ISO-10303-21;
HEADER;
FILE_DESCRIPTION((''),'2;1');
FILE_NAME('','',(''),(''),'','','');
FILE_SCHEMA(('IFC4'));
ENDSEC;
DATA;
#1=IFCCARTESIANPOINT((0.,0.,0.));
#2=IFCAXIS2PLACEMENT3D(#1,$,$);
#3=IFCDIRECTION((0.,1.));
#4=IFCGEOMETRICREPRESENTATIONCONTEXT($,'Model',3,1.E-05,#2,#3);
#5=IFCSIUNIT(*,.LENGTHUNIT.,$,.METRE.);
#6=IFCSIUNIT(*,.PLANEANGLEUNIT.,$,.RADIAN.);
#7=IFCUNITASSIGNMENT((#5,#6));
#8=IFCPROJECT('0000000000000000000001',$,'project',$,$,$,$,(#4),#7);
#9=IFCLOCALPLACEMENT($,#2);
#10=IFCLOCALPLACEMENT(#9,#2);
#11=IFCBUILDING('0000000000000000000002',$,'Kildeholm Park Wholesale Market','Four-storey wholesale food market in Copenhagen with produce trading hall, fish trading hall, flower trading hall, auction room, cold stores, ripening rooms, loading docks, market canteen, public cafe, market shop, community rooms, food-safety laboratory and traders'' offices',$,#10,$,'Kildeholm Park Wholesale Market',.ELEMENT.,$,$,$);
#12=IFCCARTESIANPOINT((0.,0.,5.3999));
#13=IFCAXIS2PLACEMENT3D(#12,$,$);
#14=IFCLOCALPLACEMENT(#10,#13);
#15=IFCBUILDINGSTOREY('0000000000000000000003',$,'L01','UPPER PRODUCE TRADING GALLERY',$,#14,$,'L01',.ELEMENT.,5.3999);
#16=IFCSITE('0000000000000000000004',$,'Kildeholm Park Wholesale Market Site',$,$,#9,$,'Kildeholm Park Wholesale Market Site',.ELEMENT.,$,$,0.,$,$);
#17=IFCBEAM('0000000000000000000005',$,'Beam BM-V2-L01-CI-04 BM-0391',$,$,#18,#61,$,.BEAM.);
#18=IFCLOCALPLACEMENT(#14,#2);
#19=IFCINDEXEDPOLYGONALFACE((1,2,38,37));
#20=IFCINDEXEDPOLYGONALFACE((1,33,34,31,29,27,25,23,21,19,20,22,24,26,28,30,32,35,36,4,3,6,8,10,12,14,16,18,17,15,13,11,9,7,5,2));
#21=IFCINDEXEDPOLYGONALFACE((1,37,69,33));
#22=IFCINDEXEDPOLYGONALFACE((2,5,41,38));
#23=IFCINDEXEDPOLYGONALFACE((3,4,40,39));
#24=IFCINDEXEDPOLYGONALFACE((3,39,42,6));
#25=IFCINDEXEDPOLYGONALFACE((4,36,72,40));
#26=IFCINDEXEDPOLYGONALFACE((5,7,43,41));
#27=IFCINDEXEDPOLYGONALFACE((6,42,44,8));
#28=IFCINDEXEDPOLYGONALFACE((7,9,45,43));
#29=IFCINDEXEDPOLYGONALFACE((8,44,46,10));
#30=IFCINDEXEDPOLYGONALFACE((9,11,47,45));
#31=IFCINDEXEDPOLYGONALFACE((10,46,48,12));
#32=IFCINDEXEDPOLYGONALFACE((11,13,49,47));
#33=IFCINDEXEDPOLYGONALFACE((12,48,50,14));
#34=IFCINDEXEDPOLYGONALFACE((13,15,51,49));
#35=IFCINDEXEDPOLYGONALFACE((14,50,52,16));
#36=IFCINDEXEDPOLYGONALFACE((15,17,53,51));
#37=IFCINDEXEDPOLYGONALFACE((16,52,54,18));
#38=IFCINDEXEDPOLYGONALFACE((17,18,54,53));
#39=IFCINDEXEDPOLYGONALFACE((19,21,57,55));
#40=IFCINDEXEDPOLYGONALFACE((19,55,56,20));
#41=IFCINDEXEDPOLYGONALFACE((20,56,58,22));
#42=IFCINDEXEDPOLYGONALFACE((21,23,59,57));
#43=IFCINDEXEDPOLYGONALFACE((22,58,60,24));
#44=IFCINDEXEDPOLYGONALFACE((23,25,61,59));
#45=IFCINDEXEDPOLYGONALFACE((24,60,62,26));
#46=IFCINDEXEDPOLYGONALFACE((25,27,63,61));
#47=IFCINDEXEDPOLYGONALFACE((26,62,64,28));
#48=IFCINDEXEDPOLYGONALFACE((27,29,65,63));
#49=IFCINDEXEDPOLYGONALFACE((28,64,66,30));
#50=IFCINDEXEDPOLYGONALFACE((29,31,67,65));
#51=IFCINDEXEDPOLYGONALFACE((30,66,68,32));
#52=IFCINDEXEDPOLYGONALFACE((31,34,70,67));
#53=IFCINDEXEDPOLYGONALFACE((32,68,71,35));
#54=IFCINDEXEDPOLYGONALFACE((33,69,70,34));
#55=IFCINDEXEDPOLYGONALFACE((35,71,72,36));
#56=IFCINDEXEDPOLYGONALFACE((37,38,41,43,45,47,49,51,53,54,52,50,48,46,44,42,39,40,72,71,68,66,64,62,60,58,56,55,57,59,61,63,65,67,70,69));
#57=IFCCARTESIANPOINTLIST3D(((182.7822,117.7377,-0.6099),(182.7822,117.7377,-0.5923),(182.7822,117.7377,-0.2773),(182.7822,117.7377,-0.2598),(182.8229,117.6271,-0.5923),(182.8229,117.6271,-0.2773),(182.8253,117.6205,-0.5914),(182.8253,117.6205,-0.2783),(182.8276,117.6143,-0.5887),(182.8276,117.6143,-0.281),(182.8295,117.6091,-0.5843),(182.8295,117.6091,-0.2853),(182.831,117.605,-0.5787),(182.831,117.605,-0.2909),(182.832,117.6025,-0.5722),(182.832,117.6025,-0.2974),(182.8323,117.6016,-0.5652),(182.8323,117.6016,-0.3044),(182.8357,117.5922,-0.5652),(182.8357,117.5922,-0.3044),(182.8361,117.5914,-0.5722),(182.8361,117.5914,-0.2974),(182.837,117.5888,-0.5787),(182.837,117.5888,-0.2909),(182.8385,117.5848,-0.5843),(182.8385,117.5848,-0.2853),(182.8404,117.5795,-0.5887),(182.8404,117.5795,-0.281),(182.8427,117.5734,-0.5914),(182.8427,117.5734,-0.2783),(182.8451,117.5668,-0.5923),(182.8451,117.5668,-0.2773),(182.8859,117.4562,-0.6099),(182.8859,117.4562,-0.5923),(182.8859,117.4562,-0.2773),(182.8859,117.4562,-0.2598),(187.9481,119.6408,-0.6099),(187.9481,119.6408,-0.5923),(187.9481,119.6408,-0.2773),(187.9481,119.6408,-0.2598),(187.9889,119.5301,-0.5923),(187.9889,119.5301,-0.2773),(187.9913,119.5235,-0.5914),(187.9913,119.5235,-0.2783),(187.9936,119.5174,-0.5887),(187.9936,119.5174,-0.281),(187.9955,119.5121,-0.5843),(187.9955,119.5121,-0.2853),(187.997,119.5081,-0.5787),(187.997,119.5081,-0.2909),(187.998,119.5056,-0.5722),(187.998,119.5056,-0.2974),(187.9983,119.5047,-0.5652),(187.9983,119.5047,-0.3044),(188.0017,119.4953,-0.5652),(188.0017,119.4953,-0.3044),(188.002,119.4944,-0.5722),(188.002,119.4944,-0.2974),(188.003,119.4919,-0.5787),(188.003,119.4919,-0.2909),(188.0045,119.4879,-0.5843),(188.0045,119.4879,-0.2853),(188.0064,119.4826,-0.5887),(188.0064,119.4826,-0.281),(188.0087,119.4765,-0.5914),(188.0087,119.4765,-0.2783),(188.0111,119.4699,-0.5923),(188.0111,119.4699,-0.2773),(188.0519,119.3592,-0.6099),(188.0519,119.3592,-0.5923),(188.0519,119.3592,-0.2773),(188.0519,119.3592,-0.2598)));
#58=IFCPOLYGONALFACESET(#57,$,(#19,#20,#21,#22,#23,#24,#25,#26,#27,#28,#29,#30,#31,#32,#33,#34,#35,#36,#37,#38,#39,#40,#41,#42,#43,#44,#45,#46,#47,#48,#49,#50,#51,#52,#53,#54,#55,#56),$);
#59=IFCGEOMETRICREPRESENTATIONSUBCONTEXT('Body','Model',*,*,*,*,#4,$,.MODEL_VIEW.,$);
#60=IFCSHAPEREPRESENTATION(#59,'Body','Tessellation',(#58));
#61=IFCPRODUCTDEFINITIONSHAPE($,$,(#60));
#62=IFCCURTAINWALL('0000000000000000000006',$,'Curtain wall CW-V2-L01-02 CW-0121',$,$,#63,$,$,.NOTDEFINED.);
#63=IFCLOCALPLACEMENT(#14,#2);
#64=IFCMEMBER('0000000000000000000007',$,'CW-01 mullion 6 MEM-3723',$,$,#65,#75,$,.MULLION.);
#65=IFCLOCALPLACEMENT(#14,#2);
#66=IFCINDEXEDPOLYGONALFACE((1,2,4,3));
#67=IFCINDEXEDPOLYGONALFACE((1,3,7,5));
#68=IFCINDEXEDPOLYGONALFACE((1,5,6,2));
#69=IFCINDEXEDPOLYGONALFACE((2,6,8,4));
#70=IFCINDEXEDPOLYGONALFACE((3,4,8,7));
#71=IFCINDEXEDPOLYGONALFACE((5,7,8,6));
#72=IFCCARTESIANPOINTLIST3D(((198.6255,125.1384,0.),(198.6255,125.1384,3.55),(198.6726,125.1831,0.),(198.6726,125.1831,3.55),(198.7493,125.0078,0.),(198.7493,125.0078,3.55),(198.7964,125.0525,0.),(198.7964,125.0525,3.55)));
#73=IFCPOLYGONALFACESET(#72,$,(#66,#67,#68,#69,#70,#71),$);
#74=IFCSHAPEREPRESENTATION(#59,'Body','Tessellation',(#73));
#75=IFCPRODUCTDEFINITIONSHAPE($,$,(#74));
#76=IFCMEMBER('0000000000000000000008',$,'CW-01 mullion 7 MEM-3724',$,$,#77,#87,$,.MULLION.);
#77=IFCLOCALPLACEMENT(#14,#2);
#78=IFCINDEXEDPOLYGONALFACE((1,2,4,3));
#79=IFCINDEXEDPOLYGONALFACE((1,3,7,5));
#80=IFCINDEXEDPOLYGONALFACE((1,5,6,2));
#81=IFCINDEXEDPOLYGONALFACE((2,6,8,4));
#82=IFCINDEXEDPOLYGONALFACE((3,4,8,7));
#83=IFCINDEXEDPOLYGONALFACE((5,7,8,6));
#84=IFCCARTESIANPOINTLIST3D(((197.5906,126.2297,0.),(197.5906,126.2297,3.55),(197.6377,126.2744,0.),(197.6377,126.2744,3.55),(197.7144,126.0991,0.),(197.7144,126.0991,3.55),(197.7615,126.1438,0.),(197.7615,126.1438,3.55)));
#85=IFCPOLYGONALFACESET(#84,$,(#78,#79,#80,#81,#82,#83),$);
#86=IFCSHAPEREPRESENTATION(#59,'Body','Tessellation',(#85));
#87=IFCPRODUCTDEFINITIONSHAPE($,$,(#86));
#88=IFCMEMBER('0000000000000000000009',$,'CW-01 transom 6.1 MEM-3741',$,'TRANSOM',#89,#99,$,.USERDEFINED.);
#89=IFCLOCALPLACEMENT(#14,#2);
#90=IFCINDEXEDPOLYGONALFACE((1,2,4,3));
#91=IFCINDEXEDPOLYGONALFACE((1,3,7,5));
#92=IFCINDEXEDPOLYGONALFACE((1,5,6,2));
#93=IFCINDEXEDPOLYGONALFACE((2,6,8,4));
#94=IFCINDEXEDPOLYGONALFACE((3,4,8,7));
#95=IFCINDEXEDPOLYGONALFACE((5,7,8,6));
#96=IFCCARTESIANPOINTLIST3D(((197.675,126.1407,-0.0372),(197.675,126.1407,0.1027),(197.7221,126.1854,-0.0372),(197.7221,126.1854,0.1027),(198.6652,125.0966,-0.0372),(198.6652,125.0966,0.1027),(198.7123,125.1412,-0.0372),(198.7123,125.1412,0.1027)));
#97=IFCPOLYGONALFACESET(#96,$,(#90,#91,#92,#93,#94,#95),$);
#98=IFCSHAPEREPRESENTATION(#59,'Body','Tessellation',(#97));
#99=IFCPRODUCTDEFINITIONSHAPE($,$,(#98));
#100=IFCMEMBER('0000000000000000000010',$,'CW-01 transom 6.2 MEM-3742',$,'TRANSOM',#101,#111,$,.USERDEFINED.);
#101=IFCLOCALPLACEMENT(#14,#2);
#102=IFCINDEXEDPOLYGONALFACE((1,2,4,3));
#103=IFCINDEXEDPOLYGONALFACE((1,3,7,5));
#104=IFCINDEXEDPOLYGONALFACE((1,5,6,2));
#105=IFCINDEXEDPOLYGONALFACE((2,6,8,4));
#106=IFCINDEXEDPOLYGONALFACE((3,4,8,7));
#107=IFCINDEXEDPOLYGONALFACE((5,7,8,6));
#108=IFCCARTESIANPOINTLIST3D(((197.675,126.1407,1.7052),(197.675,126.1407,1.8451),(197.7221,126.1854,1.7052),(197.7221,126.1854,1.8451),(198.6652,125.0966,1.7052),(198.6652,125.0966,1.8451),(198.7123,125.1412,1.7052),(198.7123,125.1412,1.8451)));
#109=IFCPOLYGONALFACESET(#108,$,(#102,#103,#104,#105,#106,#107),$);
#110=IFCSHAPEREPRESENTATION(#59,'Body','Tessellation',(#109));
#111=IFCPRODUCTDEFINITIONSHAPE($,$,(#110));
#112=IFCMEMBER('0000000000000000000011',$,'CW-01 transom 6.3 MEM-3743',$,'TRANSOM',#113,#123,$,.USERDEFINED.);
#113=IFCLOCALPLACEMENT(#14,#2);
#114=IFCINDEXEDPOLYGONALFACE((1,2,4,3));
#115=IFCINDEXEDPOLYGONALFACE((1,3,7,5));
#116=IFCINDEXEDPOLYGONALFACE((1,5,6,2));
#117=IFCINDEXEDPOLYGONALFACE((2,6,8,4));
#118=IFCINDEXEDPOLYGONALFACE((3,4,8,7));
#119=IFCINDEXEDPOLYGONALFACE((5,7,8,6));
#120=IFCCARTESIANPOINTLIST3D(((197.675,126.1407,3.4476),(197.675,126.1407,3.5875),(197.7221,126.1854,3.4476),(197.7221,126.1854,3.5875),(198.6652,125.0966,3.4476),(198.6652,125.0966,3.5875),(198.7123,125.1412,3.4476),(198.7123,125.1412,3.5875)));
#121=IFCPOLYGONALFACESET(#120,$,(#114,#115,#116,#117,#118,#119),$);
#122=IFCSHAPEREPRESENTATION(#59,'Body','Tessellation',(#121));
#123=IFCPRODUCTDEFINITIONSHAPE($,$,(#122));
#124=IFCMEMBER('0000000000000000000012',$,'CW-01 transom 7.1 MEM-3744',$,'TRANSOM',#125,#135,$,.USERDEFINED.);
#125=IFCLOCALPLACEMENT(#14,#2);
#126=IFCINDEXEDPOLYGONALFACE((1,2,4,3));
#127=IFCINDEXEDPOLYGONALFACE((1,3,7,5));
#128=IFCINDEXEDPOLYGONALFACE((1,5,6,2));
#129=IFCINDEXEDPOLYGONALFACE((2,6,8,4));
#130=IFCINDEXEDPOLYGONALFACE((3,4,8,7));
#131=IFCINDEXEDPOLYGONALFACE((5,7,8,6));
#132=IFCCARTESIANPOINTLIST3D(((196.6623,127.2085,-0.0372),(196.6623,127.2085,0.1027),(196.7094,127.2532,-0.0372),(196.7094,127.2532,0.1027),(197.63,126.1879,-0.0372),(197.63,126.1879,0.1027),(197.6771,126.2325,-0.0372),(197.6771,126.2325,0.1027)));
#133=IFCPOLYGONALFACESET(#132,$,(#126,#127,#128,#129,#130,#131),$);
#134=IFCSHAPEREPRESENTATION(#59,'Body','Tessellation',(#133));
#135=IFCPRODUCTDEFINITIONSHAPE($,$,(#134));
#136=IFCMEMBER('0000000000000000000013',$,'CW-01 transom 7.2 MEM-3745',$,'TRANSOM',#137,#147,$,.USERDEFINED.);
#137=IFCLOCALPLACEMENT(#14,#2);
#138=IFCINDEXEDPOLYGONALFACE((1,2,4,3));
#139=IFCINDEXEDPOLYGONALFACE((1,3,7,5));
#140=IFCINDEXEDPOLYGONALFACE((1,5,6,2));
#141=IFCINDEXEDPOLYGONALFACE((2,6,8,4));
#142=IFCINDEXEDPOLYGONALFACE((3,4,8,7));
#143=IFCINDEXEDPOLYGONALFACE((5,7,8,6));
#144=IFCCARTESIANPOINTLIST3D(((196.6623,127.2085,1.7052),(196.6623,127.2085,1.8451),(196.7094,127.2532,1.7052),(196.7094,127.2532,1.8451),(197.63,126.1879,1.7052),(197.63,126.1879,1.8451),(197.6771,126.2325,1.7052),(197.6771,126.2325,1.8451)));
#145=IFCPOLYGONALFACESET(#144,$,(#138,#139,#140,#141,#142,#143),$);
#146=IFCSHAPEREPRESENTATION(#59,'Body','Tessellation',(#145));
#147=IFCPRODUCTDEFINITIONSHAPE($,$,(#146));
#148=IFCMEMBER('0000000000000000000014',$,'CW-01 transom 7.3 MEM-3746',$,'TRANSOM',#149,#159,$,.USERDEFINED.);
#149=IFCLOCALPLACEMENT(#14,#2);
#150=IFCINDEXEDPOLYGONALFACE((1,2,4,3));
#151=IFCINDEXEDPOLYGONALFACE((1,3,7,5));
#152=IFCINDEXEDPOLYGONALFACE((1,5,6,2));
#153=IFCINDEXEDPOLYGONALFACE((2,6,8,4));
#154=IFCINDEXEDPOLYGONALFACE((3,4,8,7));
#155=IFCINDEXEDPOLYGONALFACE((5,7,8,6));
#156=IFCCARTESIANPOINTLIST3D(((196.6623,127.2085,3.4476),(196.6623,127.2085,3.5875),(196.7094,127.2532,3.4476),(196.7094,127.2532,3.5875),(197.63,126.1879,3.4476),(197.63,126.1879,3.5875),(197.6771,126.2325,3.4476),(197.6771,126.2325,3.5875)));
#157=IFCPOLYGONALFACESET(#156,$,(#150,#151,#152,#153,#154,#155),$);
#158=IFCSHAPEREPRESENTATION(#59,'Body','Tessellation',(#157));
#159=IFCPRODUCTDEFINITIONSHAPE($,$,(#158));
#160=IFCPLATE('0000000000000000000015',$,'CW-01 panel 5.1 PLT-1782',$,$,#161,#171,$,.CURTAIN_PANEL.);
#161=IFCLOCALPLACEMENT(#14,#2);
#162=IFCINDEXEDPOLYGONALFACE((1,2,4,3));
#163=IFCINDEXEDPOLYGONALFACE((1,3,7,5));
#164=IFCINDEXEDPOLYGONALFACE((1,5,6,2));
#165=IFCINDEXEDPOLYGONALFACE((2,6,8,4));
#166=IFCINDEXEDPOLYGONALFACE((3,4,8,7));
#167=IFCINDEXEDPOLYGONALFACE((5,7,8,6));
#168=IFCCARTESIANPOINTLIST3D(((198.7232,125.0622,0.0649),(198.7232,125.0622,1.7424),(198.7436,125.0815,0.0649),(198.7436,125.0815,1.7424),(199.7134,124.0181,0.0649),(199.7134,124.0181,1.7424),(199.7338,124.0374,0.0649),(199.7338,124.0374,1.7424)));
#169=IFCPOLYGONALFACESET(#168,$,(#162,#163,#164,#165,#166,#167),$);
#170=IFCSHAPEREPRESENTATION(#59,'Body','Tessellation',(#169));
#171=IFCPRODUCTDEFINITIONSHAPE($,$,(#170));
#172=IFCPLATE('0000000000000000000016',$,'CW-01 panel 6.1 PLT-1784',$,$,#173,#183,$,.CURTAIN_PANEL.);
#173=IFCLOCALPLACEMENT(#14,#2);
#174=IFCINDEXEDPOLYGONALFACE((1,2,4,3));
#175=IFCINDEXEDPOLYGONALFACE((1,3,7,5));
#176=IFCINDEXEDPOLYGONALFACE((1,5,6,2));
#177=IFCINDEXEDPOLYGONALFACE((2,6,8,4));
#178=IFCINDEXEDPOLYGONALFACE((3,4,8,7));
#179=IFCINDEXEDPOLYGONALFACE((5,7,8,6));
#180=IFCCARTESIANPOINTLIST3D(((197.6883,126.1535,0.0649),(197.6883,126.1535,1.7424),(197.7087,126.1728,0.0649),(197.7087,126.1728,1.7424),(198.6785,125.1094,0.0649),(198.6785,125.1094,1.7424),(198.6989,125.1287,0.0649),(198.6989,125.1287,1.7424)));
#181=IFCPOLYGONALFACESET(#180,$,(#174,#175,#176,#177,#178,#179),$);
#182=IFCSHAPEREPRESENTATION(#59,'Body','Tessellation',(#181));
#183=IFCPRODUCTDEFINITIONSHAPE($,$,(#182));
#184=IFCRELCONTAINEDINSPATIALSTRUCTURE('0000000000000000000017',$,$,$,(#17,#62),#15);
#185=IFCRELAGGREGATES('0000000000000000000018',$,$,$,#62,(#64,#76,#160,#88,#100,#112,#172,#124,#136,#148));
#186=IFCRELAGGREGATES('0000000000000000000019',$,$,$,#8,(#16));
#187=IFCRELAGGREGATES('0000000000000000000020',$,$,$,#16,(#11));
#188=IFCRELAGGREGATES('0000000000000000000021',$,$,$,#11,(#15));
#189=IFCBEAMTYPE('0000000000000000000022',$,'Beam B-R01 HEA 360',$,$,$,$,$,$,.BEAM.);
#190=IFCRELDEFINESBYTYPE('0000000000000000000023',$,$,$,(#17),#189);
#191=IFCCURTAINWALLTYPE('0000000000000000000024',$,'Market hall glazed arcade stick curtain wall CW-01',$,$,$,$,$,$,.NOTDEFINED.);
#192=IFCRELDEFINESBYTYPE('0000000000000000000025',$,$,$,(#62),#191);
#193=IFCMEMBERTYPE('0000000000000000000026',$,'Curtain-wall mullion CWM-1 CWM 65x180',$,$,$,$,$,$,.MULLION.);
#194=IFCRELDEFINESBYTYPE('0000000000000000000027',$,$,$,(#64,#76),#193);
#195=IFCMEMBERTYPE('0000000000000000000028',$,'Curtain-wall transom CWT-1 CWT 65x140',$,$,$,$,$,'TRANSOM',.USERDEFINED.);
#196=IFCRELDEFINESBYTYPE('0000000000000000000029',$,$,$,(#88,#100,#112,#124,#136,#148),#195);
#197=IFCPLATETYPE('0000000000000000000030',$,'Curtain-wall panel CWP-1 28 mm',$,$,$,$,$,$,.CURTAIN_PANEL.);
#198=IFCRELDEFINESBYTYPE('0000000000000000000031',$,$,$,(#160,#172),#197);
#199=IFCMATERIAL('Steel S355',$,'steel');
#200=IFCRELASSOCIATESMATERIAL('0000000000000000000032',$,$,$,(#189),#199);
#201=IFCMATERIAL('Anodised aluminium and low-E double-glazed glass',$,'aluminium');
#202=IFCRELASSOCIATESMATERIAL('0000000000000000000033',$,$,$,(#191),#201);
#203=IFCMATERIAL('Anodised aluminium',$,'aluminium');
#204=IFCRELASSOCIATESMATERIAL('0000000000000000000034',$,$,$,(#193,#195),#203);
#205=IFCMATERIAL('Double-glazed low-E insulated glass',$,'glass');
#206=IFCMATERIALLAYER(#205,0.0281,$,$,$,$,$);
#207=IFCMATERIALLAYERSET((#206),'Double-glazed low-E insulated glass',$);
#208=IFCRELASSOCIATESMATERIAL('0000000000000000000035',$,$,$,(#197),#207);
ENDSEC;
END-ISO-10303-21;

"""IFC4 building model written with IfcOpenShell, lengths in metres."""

from ifc_helpers import new_model, si_unit, direction, frame, origin, origin_2d, place, context, subcontext, project, spatial, rectangle, i_section, extrude, material, layer, layer_set, material_profile, profile_set, type_object, element, aggregate, save


model = new_model("IFC4")

# Units and contexts
model_context = context("Model", 3, precision=1e-05, world=origin(), true_north=direction((0.0, 1.0)))
body_context = subcontext(model_context, "Body", "Model", "MODEL_VIEW")
ifc_project = project(units=[si_unit("LENGTHUNIT", "METRE"), si_unit("PLANEANGLEUNIT", "RADIAN")], contexts=[model_context])

# Site, building, storey
site_placement = place(None, origin())
site = spatial("IfcSite", under=ifc_project, at=site_placement, Name="Kildeholm Park Wholesale Market Site", LongName="Kildeholm Park Wholesale Market Site", CompositionType="ELEMENT", RefElevation=0.0)
building_placement = place(site_placement, origin())
building = spatial("IfcBuilding", under=site, at=building_placement, Name="Kildeholm Park Wholesale Market", Description="Four-storey wholesale food market in Copenhagen with produce trading hall, fish trading hall, flower trading hall, auction room, cold stores, ripening rooms, loading docks, market canteen, public cafe, market shop, community rooms, food-safety laboratory and traders' offices", LongName="Kildeholm Park Wholesale Market", CompositionType="ELEMENT")
storey_placement = place(building_placement, frame((0.0, 0.0, 5.3999)))
storey = spatial("IfcBuildingStorey", under=building, at=storey_placement, Name="L01", Description="UPPER PRODUCE TRADING GALLERY", LongName="L01", CompositionType="ELEMENT", Elevation=5.3999)

# Shared definitions
ifc_material_1 = material(Name="Steel S355", Category="steel")

# Beam
ifc_material_profile_1 = material_profile(ifc_material_1, i_section(OverallWidth=0.3, OverallDepth=0.3501, WebThickness=0.01, FlangeThickness=0.0176, FilletRadius=0.0271, at=origin_2d()), Name="HEA 360")
ifc_profile_set_1 = profile_set([ifc_material_profile_1], Name="Steel S355")
beam_type_1 = type_object("IfcBeamType", Name="Beam B-R01 HEA 360", PredefinedType="BEAM", material=ifc_profile_set_1)
for number, where, z_axis, x_axis, name in (
    (1, (188.0, 119.5, -0.4348), (-0.938354, -0.345675, 0.0), (0.345675, -0.938354, 0.0), "Beam BM-V2-L01-CI-04 BM-0391"),
):
    element("IfcBeam", number, at=place(storey_placement, frame(where, z_axis=z_axis, x_axis=x_axis)), inside=storey, type_object=beam_type_1, Name=name, PredefinedType="BEAM", context=body_context, shape_type="SweptSolid", body=[
        extrude(i_section(OverallWidth=0.3, OverallDepth=0.3501, WebThickness=0.01, FlangeThickness=0.0176, FilletRadius=0.0271, at=origin_2d()), origin(), (0.0, 0.0, 1.0), 5.5054),
    ])

# Curtain wall, members, plates
ifc_material_2 = material(Name="Anodised aluminium and low-E double-glazed glass", Category="aluminium")
curtain_wall_type = type_object("IfcCurtainWallType", Name="Market hall glazed arcade stick curtain wall CW-01", PredefinedType="NOTDEFINED", material=ifc_material_2)
curtain_wall_placement = place(storey_placement, origin())
curtain_wall = element("IfcCurtainWall", 2, at=curtain_wall_placement, inside=storey, type_object=curtain_wall_type, Name="Curtain wall CW-V2-L01-02 CW-0121", PredefinedType="NOTDEFINED")
ifc_material_3 = material(Name="Anodised aluminium", Category="aluminium")
ifc_material_profile_2 = material_profile(ifc_material_3, rectangle(XDim=0.0649, YDim=0.1799, at=origin_2d()), Name="CWM 65x180")
ifc_profile_set_2 = profile_set([ifc_material_profile_2], Name="Anodised aluminium")
member_type_1 = type_object("IfcMemberType", Name="Curtain-wall mullion CWM-1 CWM 65x180", PredefinedType="MULLION", material=ifc_profile_set_2)
member_1_placement = place(storey_placement, frame((198.7109, 125.0955, 0.0), z_axis=(0.0, 0.0, 1.0), x_axis=(-0.725571, -0.688148, 0.0)))
member_1 = element("IfcMember", 3, at=member_1_placement, type_object=member_type_1, Name="CW-01 mullion 6 MEM-3723", PredefinedType="MULLION", context=body_context, shape_type="SweptSolid", body=[
    extrude(rectangle(XDim=0.0649, YDim=0.1799, at=origin_2d()), origin(), (0.0, 0.0, 1.0), 3.55),
])
member_2_placement = place(storey_placement, frame((197.676, 126.1868, 0.0), z_axis=(0.0, 0.0, 1.0), x_axis=(-0.725571, -0.688148, 0.0)))
member_2 = element("IfcMember", 4, at=member_2_placement, type_object=member_type_1, Name="CW-01 mullion 7 MEM-3724", PredefinedType="MULLION", context=body_context, shape_type="SweptSolid", body=[
    extrude(rectangle(XDim=0.0649, YDim=0.1799, at=origin_2d()), origin(), (0.0, 0.0, 1.0), 3.55),
])
ifc_material_profile_3 = material_profile(ifc_material_3, rectangle(XDim=0.0649, YDim=0.1399, at=origin_2d()), Name="CWT 65x140")
ifc_profile_set_3 = profile_set([ifc_material_profile_3], Name="Anodised aluminium")
member_type_2 = type_object("IfcMemberType", Name="Curtain-wall transom CWT-1 CWT 65x140", ElementType="TRANSOM", PredefinedType="USERDEFINED", material=ifc_profile_set_3)
member_3_placement = place(storey_placement, frame((198.6887, 125.1189, 0.0327), z_axis=(-0.688112, 0.725605, 0.0), x_axis=(-0.725605, -0.688112, 0.0)))
member_3 = element("IfcMember", 5, at=member_3_placement, type_object=member_type_2, Name="CW-01 transom 6.1 MEM-3741", ObjectType="TRANSOM", PredefinedType="USERDEFINED", context=body_context, shape_type="SweptSolid", body=[
    extrude(rectangle(XDim=0.0649, YDim=0.1399, at=origin_2d()), origin(), (0.0, 0.0, 1.0), 1.439),
])
member_4_placement = place(storey_placement, frame((198.6887, 125.1189, 1.7751), z_axis=(-0.688112, 0.725605, 0.0), x_axis=(-0.725605, -0.688112, 0.0)))
member_4 = element("IfcMember", 6, at=member_4_placement, type_object=member_type_2, Name="CW-01 transom 6.2 MEM-3742", ObjectType="TRANSOM", PredefinedType="USERDEFINED", context=body_context, shape_type="SweptSolid", body=[
    extrude(rectangle(XDim=0.0649, YDim=0.1399, at=origin_2d()), origin(), (0.0, 0.0, 1.0), 1.439),
])
member_5_placement = place(storey_placement, frame((198.6887, 125.1189, 3.5176), z_axis=(-0.688112, 0.725605, 0.0), x_axis=(-0.725605, -0.688112, 0.0)))
member_5 = element("IfcMember", 7, at=member_5_placement, type_object=member_type_2, Name="CW-01 transom 6.3 MEM-3743", ObjectType="TRANSOM", PredefinedType="USERDEFINED", context=body_context, shape_type="SweptSolid", body=[
    extrude(rectangle(XDim=0.0649, YDim=0.1399, at=origin_2d()), origin(), (0.0, 0.0, 1.0), 1.439),
])
member_6_placement = place(storey_placement, frame((197.6536, 126.2102, 0.0327), z_axis=(-0.688024, 0.725688, 0.0), x_axis=(-0.725688, -0.688024, 0.0)))
member_6 = element("IfcMember", 8, at=member_6_placement, type_object=member_type_2, Name="CW-01 transom 7.1 MEM-3744", ObjectType="TRANSOM", PredefinedType="USERDEFINED", context=body_context, shape_type="SweptSolid", body=[
    extrude(rectangle(XDim=0.0649, YDim=0.1399, at=origin_2d()), origin(), (0.0, 0.0, 1.0), 1.4065),
])
member_7_placement = place(storey_placement, frame((197.6536, 126.2102, 1.7751), z_axis=(-0.688024, 0.725688, 0.0), x_axis=(-0.725688, -0.688024, 0.0)))
member_7 = element("IfcMember", 9, at=member_7_placement, type_object=member_type_2, Name="CW-01 transom 7.2 MEM-3745", ObjectType="TRANSOM", PredefinedType="USERDEFINED", context=body_context, shape_type="SweptSolid", body=[
    extrude(rectangle(XDim=0.0649, YDim=0.1399, at=origin_2d()), origin(), (0.0, 0.0, 1.0), 1.4065),
])
member_8_placement = place(storey_placement, frame((197.6536, 126.2102, 3.5176), z_axis=(-0.688024, 0.725688, 0.0), x_axis=(-0.725688, -0.688024, 0.0)))
member_8 = element("IfcMember", 10, at=member_8_placement, type_object=member_type_2, Name="CW-01 transom 7.3 MEM-3746", ObjectType="TRANSOM", PredefinedType="USERDEFINED", context=body_context, shape_type="SweptSolid", body=[
    extrude(rectangle(XDim=0.0649, YDim=0.1399, at=origin_2d()), origin(), (0.0, 0.0, 1.0), 1.4065),
])
ifc_material_4 = material(Name="Double-glazed low-E insulated glass", Category="glass")
ifc_layer_1 = layer(ifc_material_4, 0.0281)
ifc_layer_set_1 = layer_set([ifc_layer_1], Name="Double-glazed low-E insulated glass")
plate_type = type_object("IfcPlateType", Name="Curtain-wall panel CWP-1 28 mm", PredefinedType="CURTAIN_PANEL", material=ifc_layer_set_1)
plate_1_placement = place(storey_placement, frame((199.2285, 124.5498, 0.0649), z_axis=(0.0, 0.0, 1.0), x_axis=(-0.688148, 0.725571, 0.0)))
plate_1 = element("IfcPlate", 11, at=plate_1_placement, type_object=plate_type, Name="CW-01 panel 5.1 PLT-1782", PredefinedType="CURTAIN_PANEL", context=body_context, shape_type="SweptSolid", body=[
    extrude(rectangle(XDim=1.439, YDim=0.0281, at=origin_2d()), origin(), (0.0, 0.0, 1.0), 1.6775),
])
plate_2_placement = place(storey_placement, frame((198.1936, 125.6411, 0.0649), z_axis=(0.0, 0.0, 1.0), x_axis=(-0.688148, 0.725571, 0.0)))
plate_2 = element("IfcPlate", 12, at=plate_2_placement, type_object=plate_type, Name="CW-01 panel 6.1 PLT-1784", PredefinedType="CURTAIN_PANEL", context=body_context, shape_type="SweptSolid", body=[
    extrude(rectangle(XDim=1.439, YDim=0.0281, at=origin_2d()), origin(), (0.0, 0.0, 1.0), 1.6775),
])
aggregate(curtain_wall, [member_1, member_2, plate_1, member_3, member_4, member_5, plate_2, member_6, member_7, member_8])

save(model, "model.ifc")
